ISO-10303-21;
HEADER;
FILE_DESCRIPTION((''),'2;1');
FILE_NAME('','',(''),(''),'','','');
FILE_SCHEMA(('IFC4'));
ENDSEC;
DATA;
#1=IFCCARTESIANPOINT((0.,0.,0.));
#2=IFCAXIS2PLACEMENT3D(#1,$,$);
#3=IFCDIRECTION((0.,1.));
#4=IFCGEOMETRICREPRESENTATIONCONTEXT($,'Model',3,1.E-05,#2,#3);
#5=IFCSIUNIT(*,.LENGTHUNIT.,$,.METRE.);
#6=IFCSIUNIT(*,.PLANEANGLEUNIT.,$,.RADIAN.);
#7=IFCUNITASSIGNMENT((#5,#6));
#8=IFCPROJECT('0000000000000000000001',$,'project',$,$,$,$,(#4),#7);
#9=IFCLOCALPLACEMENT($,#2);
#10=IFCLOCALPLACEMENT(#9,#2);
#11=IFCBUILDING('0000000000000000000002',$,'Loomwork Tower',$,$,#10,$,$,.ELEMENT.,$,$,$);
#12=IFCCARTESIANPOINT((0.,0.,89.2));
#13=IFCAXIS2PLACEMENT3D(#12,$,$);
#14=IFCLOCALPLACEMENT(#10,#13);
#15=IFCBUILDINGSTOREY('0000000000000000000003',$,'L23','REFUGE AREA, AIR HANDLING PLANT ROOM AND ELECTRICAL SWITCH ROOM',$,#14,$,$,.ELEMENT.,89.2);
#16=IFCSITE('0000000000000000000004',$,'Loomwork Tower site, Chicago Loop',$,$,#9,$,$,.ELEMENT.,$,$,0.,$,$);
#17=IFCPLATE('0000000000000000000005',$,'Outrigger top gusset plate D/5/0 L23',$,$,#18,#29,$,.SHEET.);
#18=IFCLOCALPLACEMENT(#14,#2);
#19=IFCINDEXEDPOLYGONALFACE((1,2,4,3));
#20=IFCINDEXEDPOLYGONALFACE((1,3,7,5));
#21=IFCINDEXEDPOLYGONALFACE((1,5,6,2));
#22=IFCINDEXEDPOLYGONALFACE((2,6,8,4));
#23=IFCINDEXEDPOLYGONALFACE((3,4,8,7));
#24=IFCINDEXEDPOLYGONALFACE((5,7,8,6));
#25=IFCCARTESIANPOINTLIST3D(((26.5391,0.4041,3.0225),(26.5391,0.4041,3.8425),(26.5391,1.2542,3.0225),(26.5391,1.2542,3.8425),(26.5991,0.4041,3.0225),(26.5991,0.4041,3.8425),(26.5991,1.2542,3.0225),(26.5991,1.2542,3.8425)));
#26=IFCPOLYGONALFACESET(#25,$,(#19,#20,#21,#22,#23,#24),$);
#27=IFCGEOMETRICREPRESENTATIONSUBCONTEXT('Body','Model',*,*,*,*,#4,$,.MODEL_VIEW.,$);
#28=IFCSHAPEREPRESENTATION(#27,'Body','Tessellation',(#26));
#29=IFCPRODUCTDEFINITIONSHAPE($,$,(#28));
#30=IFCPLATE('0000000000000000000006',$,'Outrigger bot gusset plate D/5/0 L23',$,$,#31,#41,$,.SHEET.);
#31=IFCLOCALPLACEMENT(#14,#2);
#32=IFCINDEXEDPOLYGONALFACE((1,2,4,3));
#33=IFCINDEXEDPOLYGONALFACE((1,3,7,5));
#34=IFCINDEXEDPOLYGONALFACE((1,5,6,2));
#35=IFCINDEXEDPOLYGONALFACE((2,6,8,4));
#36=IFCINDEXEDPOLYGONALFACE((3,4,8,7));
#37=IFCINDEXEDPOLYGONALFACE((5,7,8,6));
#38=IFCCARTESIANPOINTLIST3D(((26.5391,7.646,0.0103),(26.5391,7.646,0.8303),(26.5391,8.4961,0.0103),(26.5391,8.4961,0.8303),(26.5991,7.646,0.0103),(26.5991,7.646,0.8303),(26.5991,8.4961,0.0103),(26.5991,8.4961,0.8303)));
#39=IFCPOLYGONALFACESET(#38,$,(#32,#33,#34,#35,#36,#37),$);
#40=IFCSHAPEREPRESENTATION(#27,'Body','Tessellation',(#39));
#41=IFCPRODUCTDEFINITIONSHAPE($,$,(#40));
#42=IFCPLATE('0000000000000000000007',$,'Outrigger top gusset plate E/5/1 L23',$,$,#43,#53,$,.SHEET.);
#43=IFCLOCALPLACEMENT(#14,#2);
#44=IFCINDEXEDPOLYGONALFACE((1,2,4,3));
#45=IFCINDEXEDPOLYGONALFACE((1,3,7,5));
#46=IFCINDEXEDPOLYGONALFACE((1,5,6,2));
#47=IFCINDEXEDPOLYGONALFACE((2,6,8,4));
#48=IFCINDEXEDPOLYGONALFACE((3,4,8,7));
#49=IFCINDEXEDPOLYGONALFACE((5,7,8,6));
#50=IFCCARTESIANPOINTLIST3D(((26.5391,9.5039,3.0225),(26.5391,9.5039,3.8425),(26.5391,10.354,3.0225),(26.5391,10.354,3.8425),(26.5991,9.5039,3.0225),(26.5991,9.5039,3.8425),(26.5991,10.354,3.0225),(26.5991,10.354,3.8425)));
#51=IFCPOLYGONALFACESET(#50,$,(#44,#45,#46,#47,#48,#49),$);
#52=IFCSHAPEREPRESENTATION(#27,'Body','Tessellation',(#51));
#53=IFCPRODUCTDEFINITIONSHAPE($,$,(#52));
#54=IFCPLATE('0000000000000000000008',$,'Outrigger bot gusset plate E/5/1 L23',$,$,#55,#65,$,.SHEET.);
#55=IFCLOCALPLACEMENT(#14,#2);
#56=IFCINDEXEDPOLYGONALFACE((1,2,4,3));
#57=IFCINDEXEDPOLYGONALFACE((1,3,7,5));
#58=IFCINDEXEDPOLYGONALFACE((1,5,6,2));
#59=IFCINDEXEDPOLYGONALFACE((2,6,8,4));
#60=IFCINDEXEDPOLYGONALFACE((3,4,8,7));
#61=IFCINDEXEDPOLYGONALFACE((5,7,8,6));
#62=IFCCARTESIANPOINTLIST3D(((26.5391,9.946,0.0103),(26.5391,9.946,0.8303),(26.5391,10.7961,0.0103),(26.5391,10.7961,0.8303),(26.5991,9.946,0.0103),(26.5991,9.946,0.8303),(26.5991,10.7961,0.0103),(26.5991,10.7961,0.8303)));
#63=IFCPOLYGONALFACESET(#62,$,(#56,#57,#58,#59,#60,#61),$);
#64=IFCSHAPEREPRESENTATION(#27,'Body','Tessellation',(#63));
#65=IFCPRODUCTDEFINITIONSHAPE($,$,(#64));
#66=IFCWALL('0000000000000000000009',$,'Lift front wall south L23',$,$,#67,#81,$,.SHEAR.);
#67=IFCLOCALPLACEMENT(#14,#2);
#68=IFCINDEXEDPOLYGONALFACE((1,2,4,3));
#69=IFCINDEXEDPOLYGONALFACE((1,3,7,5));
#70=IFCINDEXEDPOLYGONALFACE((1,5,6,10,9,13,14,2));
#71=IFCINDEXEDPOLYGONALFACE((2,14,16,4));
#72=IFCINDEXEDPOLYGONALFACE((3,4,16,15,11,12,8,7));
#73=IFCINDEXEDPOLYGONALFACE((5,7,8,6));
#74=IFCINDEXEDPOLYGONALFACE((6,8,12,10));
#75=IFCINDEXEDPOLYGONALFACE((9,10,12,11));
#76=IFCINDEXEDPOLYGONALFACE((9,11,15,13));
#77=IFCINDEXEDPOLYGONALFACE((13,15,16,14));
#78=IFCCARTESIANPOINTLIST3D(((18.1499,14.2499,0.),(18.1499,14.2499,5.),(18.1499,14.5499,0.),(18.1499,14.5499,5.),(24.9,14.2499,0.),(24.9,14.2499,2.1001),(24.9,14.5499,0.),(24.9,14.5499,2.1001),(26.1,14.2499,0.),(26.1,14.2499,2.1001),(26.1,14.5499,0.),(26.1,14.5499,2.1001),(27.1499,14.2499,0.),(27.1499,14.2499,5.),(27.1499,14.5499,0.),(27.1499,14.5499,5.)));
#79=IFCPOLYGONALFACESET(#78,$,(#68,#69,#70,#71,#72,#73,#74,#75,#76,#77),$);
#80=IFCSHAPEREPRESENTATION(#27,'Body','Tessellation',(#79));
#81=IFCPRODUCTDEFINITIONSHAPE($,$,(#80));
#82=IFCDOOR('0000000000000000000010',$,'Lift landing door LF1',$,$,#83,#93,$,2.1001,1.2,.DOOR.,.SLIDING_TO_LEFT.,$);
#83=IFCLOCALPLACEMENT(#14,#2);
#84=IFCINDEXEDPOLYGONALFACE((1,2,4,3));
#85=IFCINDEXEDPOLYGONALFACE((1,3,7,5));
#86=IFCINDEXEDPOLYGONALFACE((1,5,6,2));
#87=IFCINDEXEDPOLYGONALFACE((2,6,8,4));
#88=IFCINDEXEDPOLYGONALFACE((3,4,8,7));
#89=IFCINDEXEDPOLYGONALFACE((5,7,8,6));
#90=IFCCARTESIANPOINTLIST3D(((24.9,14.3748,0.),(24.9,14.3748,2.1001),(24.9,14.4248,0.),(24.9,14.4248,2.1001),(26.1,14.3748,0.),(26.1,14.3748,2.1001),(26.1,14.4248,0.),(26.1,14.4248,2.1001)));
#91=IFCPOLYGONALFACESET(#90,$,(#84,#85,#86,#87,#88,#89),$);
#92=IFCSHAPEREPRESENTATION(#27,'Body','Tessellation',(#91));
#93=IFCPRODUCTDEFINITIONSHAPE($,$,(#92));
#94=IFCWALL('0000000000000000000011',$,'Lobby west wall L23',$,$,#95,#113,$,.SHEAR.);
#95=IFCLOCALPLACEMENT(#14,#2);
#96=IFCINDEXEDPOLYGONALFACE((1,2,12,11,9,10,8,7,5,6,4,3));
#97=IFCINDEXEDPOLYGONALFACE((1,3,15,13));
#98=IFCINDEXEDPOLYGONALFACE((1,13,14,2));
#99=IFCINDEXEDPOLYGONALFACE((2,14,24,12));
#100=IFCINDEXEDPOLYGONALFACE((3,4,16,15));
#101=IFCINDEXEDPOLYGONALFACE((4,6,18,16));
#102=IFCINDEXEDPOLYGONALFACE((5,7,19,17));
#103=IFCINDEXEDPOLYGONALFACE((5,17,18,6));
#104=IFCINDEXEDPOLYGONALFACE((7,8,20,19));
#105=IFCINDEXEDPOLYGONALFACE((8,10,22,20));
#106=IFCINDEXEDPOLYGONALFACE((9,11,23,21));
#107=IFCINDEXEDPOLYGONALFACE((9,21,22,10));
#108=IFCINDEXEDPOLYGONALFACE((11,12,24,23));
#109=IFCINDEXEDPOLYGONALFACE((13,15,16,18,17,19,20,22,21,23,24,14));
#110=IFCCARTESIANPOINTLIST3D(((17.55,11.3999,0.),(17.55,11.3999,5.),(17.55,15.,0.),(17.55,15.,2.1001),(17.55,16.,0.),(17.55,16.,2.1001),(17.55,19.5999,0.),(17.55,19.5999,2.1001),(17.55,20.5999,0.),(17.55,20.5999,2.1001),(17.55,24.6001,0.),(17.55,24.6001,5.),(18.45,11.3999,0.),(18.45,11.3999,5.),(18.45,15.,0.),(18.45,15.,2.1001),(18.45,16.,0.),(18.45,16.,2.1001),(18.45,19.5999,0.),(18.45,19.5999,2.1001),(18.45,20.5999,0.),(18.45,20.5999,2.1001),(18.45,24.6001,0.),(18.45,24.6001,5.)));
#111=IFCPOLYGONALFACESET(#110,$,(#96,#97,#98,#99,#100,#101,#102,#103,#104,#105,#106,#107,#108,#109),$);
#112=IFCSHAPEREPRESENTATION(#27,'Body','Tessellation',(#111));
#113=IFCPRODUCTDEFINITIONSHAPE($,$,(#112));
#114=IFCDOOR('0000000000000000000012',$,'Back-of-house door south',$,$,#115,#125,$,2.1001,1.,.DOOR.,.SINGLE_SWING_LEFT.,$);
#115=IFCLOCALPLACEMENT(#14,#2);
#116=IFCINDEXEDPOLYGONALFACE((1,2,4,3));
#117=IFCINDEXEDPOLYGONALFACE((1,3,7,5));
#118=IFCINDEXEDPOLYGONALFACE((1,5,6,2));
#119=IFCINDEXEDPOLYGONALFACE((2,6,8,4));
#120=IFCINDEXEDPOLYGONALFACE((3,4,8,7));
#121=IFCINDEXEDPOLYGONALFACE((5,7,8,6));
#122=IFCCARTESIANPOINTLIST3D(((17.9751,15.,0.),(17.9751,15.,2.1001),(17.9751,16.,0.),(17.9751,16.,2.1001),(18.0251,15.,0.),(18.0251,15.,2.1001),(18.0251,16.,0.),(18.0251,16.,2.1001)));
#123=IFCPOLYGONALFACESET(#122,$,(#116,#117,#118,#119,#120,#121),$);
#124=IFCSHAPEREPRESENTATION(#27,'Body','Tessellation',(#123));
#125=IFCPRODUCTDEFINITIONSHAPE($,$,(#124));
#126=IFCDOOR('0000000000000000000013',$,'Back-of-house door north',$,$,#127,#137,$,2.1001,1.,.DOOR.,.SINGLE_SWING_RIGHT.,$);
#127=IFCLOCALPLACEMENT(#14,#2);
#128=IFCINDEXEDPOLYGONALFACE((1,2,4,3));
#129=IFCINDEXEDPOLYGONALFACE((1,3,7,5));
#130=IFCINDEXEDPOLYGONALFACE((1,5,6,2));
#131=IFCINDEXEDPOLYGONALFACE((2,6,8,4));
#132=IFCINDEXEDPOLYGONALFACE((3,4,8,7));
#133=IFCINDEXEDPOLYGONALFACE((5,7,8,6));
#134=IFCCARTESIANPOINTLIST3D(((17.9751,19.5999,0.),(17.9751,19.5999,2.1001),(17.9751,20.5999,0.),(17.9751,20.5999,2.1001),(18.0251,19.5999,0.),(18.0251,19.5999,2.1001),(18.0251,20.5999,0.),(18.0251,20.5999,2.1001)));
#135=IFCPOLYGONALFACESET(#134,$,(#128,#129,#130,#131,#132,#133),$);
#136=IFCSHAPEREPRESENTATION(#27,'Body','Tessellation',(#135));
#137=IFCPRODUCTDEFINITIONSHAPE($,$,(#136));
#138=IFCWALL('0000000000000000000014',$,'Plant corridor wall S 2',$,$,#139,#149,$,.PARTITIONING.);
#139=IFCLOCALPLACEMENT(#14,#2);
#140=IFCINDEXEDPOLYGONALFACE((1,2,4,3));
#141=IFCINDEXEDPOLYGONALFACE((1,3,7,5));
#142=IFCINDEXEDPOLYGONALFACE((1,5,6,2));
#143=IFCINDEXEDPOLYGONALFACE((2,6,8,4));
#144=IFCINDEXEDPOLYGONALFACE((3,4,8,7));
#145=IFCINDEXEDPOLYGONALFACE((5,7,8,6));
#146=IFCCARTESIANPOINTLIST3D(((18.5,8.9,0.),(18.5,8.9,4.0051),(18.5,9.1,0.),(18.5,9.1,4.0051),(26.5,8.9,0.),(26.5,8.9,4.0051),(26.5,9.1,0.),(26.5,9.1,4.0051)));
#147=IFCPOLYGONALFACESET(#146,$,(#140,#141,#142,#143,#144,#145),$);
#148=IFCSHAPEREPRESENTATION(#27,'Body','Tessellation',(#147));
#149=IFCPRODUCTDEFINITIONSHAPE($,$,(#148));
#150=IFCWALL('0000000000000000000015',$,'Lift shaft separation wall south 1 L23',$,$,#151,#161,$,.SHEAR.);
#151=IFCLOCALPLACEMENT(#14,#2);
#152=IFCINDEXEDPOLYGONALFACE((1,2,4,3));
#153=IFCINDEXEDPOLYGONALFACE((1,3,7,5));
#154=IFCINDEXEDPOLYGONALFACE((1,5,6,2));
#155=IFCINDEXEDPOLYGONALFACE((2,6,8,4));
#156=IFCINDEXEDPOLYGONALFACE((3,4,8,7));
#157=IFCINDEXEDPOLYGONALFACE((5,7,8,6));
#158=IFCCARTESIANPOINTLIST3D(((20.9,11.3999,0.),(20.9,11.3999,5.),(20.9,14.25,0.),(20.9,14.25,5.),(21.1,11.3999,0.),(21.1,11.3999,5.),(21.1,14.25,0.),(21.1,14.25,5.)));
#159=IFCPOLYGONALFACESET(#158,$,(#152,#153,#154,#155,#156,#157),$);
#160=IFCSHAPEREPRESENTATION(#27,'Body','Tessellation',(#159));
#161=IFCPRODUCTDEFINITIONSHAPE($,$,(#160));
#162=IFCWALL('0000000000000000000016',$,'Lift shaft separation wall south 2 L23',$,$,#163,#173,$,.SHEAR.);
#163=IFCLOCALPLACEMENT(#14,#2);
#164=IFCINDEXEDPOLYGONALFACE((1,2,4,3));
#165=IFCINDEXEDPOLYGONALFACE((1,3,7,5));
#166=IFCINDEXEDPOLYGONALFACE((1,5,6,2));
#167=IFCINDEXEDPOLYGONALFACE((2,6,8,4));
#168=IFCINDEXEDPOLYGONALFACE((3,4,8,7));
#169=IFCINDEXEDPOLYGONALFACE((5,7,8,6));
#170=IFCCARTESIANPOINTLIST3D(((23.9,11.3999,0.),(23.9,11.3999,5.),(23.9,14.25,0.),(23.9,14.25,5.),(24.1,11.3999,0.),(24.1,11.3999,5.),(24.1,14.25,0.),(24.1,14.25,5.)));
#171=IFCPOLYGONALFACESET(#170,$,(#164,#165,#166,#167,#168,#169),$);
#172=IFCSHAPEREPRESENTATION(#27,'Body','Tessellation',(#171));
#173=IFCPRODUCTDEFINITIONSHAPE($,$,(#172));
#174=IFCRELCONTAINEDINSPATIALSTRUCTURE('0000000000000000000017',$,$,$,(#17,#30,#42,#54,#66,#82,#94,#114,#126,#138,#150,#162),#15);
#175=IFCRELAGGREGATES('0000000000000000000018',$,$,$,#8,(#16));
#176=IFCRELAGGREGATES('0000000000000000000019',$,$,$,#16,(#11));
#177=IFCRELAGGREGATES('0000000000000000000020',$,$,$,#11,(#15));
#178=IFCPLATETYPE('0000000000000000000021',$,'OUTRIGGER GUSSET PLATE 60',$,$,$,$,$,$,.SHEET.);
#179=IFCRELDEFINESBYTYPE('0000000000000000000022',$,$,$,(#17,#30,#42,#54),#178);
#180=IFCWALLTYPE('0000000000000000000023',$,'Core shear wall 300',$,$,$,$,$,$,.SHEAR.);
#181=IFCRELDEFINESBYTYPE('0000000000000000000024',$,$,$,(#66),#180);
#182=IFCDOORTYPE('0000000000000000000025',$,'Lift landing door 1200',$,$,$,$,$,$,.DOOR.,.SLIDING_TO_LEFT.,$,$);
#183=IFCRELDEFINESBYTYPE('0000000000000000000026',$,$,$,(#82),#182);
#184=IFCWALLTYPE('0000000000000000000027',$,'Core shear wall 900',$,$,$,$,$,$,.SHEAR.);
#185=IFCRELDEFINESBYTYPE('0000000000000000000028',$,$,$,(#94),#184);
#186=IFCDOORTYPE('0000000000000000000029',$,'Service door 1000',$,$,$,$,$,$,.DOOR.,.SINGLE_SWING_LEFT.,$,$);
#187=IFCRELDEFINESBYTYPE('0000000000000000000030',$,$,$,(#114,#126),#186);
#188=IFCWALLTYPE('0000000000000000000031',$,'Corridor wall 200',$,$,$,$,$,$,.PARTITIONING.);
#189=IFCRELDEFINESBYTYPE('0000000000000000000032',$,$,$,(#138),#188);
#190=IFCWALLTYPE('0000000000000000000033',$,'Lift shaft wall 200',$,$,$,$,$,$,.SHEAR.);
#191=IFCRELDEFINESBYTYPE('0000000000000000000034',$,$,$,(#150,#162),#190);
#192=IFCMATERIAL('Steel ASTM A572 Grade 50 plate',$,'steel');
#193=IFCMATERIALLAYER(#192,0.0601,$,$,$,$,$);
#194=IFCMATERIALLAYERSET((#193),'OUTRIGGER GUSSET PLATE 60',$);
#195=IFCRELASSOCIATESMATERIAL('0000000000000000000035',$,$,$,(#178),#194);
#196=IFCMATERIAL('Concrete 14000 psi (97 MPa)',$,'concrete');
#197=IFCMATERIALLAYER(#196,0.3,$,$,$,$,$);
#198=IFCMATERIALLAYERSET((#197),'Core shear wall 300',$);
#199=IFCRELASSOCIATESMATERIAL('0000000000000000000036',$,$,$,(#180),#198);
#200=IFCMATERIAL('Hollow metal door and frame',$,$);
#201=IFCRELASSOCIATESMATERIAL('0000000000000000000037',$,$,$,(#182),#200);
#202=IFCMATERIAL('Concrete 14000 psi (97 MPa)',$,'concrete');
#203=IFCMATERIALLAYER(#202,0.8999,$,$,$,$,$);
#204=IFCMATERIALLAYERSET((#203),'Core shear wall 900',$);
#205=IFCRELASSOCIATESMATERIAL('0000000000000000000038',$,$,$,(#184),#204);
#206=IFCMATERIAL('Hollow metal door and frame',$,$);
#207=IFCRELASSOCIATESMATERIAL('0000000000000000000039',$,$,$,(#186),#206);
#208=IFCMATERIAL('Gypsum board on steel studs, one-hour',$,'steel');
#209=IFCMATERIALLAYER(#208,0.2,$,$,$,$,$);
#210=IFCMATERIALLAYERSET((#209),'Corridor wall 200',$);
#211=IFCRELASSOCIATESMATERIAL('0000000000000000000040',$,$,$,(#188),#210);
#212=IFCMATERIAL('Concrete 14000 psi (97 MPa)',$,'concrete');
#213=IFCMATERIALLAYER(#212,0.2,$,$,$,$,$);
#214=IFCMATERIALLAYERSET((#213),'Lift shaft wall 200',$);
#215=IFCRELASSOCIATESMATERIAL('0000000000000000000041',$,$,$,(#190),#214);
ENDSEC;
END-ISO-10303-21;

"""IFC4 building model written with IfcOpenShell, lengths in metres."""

from ifc_helpers import new_model, si_unit, direction, frame, frame_2d, origin, origin_2d, place, context, subcontext, project, spatial, rectangle, extrude, material, layer, layer_set, type_object, element, fill, save


model = new_model("IFC4")

# Units and contexts
model_context = context("Model", 3, precision=1e-05, world=origin(), true_north=direction((0.0, 1.0)))
body_context = subcontext(model_context, "Body", "Model", "MODEL_VIEW")
ifc_project = project(units=[si_unit("LENGTHUNIT", "METRE"), si_unit("PLANEANGLEUNIT", "RADIAN")], contexts=[model_context])

# Site, building, storey
site_placement = place(None, origin())
site = spatial("IfcSite", under=ifc_project, at=site_placement, Name="Loomwork Tower site, Chicago Loop", CompositionType="ELEMENT", RefElevation=0.0)
building_placement = place(site_placement, origin())
building = spatial("IfcBuilding", under=site, at=building_placement, Name="Loomwork Tower", CompositionType="ELEMENT")
storey_placement = place(building_placement, frame((0.0, 0.0, 89.2)))
storey = spatial("IfcBuildingStorey", under=building, at=storey_placement, Name="L23", Description="REFUGE AREA, AIR HANDLING PLANT ROOM AND ELECTRICAL SWITCH ROOM", CompositionType="ELEMENT", Elevation=89.2)

# Plates
ifc_material_1 = material(Name="Steel ASTM A572 Grade 50 plate", Category="steel")
ifc_layer_1 = layer(ifc_material_1, 0.0601)
ifc_layer_set_1 = layer_set([ifc_layer_1], Name="OUTRIGGER GUSSET PLATE 60")
plate_type_1 = type_object("IfcPlateType", Name="OUTRIGGER GUSSET PLATE 60", PredefinedType="SHEET", material=ifc_layer_set_1)
for number, where, z_axis, x_axis, name in (
    (1, (26.5691, 0.8291, 3.0225), (0.0, 0.0, 1.0), (0.0, 1.0, 0.0), "Outrigger top gusset plate D/5/0 L23"),
    (2, (26.5691, 8.071, 0.0103), (0.0, 0.0, 1.0), (0.0, 1.0, 0.0), "Outrigger bot gusset plate D/5/0 L23"),
    (3, (26.5691, 9.929, 3.0225), (0.0, 0.0, 1.0), (0.0, 1.0, 0.0), "Outrigger top gusset plate E/5/1 L23"),
    (4, (26.5691, 10.3711, 0.0103), (0.0, 0.0, 1.0), (0.0, 1.0, 0.0), "Outrigger bot gusset plate E/5/1 L23"),
):
    element("IfcPlate", number, at=place(storey_placement, frame(where, z_axis=z_axis, x_axis=x_axis)), inside=storey, type_object=plate_type_1, Name=name, PredefinedType="SHEET", context=body_context, shape_type="SweptSolid", body=[
        extrude(rectangle(XDim=0.8501, YDim=0.0601, at=origin_2d()), origin(), (0.0, 0.0, 1.0), 0.8201),
    ])

# Wall, opening, door
ifc_material_2 = material(Name="Concrete 14000 psi (97 MPa)", Category="concrete")
ifc_layer_2 = layer(ifc_material_2, 0.3)
ifc_layer_set_2 = layer_set([ifc_layer_2], Name="Core shear wall 300")
wall_type_1 = type_object("IfcWallType", Name="Core shear wall 300", PredefinedType="SHEAR", material=ifc_layer_set_2)
wall_1_placement = place(storey_placement, frame((18.1499, 14.3999, 0.0), z_axis=(0.0, 0.0, 1.0), x_axis=(1.0, 0.0, 0.0)))
wall_1 = element("IfcWall", 5, at=wall_1_placement, inside=storey, type_object=wall_type_1, Name="Lift front wall south L23", PredefinedType="SHEAR", context=body_context, shape_type="SweptSolid", body=[
    extrude(rectangle(XDim=9.0, YDim=0.3, at=frame_2d((4.5, 0.0))), origin(), (0.0, 0.0, 1.0), 5.0),
])
opening_1_placement = place(wall_1_placement, frame((6.75, 0.0, 0.0)))
opening_1 = element("IfcOpeningElement", 6, at=opening_1_placement, cuts=wall_1, PredefinedType="OPENING", context=body_context, shape_type="SweptSolid", body=[
    extrude(rectangle(XDim=1.2, YDim=2.1001, at=frame_2d((0.6001, 1.05))), frame((0.0, 0.1599, 0.0), z_axis=(0.0, -1.0, 0.0), x_axis=(1.0, 0.0, 0.0)), (0.0, 0.0, 1.0), 0.3201),
])
ifc_material_3 = material(Name="Hollow metal door and frame")
door_type_1 = type_object("IfcDoorType", Name="Lift landing door 1200", OperationType="SLIDING_TO_LEFT", PredefinedType="DOOR", material=ifc_material_3)
door_1_placement = place(opening_1_placement, origin())
door_1 = element("IfcDoor", 7, at=door_1_placement, inside=storey, type_object=door_type_1, Name="Lift landing door LF1", OperationType="SLIDING_TO_LEFT", OverallHeight=2.1001, OverallWidth=1.2, PredefinedType="DOOR", context=body_context, shape_type="SweptSolid", body=[
    extrude(rectangle(XDim=1.2, YDim=2.1001, at=frame_2d((0.6001, 1.05))), frame((0.0, 0.0249, 0.0), z_axis=(0.0, -1.0, 0.0), x_axis=(1.0, 0.0, 0.0)), (0.0, 0.0, 1.0), 0.05),
])
fill(opening_1, door_1)

# Wall, openings, doors
ifc_material_4 = material(Name="Concrete 14000 psi (97 MPa)", Category="concrete")
ifc_layer_3 = layer(ifc_material_4, 0.8999)
ifc_layer_set_3 = layer_set([ifc_layer_3], Name="Core shear wall 900")
wall_type_2 = type_object("IfcWallType", Name="Core shear wall 900", PredefinedType="SHEAR", material=ifc_layer_set_3)
wall_2_placement = place(storey_placement, frame((18.0, 11.3999, 0.0), z_axis=(0.0, 0.0, 1.0), x_axis=(0.0, 1.0, 0.0)))
wall_2 = element("IfcWall", 8, at=wall_2_placement, inside=storey, type_object=wall_type_2, Name="Lobby west wall L23", PredefinedType="SHEAR", context=body_context, shape_type="SweptSolid", body=[
    extrude(rectangle(XDim=13.2002, YDim=0.8999, at=frame_2d((6.6001, 0.0))), origin(), (0.0, 0.0, 1.0), 5.0),
])
opening_2_placement = place(wall_2_placement, frame((3.6001, 0.0, 0.0)))
opening_2 = element("IfcOpeningElement", 9, at=opening_2_placement, cuts=wall_2, PredefinedType="OPENING", context=body_context, shape_type="SweptSolid", body=[
    extrude(rectangle(XDim=1.0, YDim=2.1001, at=frame_2d((0.5, 1.05))), frame((0.0, 0.46, 0.0), z_axis=(0.0, -1.0, 0.0), x_axis=(1.0, 0.0, 0.0)), (0.0, 0.0, 1.0), 0.9199),
])
opening_3_placement = place(wall_2_placement, frame((8.2, 0.0, 0.0)))
opening_3 = element("IfcOpeningElement", 10, at=opening_3_placement, cuts=wall_2, PredefinedType="OPENING", context=body_context, shape_type="SweptSolid", body=[
    extrude(rectangle(XDim=1.0, YDim=2.1001, at=frame_2d((0.5, 1.05))), frame((0.0, 0.46, 0.0), z_axis=(0.0, -1.0, 0.0), x_axis=(1.0, 0.0, 0.0)), (0.0, 0.0, 1.0), 0.9199),
])
ifc_material_5 = material(Name="Hollow metal door and frame")
door_type_2 = type_object("IfcDoorType", Name="Service door 1000", OperationType="SINGLE_SWING_LEFT", PredefinedType="DOOR", material=ifc_material_5)
door_2_placement = place(opening_2_placement, origin())
door_2 = element("IfcDoor", 11, at=door_2_placement, inside=storey, type_object=door_type_2, Name="Back-of-house door south", OperationType="SINGLE_SWING_LEFT", OverallHeight=2.1001, OverallWidth=1.0, PredefinedType="DOOR", context=body_context, shape_type="SweptSolid", body=[
    extrude(rectangle(XDim=1.0, YDim=2.1001, at=frame_2d((0.5, 1.05))), frame((0.0, 0.0249, 0.0), z_axis=(0.0, -1.0, 0.0), x_axis=(1.0, 0.0, 0.0)), (0.0, 0.0, 1.0), 0.05),
])
fill(opening_2, door_2)
door_3_placement = place(opening_3_placement, origin())
door_3 = element("IfcDoor", 12, at=door_3_placement, inside=storey, type_object=door_type_2, Name="Back-of-house door north", OperationType="SINGLE_SWING_RIGHT", OverallHeight=2.1001, OverallWidth=1.0, PredefinedType="DOOR", context=body_context, shape_type="SweptSolid", body=[
    extrude(rectangle(XDim=1.0, YDim=2.1001, at=frame_2d((0.5, 1.05))), frame((0.0, 0.0249, 0.0), z_axis=(0.0, -1.0, 0.0), x_axis=(1.0, 0.0, 0.0)), (0.0, 0.0, 1.0), 0.05),
])
fill(opening_3, door_3)

# Walls
ifc_material_6 = material(Name="Gypsum board on steel studs, one-hour", Category="steel")
ifc_layer_4 = layer(ifc_material_6, 0.2)
ifc_layer_set_4 = layer_set([ifc_layer_4], Name="Corridor wall 200")
wall_type_3 = type_object("IfcWallType", Name="Corridor wall 200", PredefinedType="PARTITIONING", material=ifc_layer_set_4)
wall_3_placement = place(storey_placement, frame((18.5, 9.0, 0.0), z_axis=(0.0, 0.0, 1.0), x_axis=(1.0, 0.0, 0.0)))
element("IfcWall", 13, at=wall_3_placement, inside=storey, type_object=wall_type_3, Name="Plant corridor wall S 2", PredefinedType="PARTITIONING", context=body_context, shape_type="SweptSolid", body=[
    extrude(rectangle(XDim=8.0, YDim=0.2, at=frame_2d((4.0, 0.0))), origin(), (0.0, 0.0, 1.0), 4.0051),
])
ifc_material_7 = material(Name="Concrete 14000 psi (97 MPa)", Category="concrete")
ifc_layer_5 = layer(ifc_material_7, 0.2)
ifc_layer_set_5 = layer_set([ifc_layer_5], Name="Lift shaft wall 200")
wall_type_4 = type_object("IfcWallType", Name="Lift shaft wall 200", PredefinedType="SHEAR", material=ifc_layer_set_5)
for number, where, z_axis, x_axis, name in (
    (14, (21.0, 11.3999, 0.0), (0.0, 0.0, 1.0), (0.0, 1.0, 0.0), "Lift shaft separation wall south 1 L23"),
    (15, (24.0, 11.3999, 0.0), (0.0, 0.0, 1.0), (0.0, 1.0, 0.0), "Lift shaft separation wall south 2 L23"),
):
    element("IfcWall", number, at=place(storey_placement, frame(where, z_axis=z_axis, x_axis=x_axis)), inside=storey, type_object=wall_type_4, Name=name, PredefinedType="SHEAR", context=body_context, shape_type="SweptSolid", body=[
        extrude(rectangle(XDim=2.8501, YDim=0.2, at=frame_2d((1.425, 0.0))), origin(), (0.0, 0.0, 1.0), 5.0),
    ])

save(model, "model.ifc")
